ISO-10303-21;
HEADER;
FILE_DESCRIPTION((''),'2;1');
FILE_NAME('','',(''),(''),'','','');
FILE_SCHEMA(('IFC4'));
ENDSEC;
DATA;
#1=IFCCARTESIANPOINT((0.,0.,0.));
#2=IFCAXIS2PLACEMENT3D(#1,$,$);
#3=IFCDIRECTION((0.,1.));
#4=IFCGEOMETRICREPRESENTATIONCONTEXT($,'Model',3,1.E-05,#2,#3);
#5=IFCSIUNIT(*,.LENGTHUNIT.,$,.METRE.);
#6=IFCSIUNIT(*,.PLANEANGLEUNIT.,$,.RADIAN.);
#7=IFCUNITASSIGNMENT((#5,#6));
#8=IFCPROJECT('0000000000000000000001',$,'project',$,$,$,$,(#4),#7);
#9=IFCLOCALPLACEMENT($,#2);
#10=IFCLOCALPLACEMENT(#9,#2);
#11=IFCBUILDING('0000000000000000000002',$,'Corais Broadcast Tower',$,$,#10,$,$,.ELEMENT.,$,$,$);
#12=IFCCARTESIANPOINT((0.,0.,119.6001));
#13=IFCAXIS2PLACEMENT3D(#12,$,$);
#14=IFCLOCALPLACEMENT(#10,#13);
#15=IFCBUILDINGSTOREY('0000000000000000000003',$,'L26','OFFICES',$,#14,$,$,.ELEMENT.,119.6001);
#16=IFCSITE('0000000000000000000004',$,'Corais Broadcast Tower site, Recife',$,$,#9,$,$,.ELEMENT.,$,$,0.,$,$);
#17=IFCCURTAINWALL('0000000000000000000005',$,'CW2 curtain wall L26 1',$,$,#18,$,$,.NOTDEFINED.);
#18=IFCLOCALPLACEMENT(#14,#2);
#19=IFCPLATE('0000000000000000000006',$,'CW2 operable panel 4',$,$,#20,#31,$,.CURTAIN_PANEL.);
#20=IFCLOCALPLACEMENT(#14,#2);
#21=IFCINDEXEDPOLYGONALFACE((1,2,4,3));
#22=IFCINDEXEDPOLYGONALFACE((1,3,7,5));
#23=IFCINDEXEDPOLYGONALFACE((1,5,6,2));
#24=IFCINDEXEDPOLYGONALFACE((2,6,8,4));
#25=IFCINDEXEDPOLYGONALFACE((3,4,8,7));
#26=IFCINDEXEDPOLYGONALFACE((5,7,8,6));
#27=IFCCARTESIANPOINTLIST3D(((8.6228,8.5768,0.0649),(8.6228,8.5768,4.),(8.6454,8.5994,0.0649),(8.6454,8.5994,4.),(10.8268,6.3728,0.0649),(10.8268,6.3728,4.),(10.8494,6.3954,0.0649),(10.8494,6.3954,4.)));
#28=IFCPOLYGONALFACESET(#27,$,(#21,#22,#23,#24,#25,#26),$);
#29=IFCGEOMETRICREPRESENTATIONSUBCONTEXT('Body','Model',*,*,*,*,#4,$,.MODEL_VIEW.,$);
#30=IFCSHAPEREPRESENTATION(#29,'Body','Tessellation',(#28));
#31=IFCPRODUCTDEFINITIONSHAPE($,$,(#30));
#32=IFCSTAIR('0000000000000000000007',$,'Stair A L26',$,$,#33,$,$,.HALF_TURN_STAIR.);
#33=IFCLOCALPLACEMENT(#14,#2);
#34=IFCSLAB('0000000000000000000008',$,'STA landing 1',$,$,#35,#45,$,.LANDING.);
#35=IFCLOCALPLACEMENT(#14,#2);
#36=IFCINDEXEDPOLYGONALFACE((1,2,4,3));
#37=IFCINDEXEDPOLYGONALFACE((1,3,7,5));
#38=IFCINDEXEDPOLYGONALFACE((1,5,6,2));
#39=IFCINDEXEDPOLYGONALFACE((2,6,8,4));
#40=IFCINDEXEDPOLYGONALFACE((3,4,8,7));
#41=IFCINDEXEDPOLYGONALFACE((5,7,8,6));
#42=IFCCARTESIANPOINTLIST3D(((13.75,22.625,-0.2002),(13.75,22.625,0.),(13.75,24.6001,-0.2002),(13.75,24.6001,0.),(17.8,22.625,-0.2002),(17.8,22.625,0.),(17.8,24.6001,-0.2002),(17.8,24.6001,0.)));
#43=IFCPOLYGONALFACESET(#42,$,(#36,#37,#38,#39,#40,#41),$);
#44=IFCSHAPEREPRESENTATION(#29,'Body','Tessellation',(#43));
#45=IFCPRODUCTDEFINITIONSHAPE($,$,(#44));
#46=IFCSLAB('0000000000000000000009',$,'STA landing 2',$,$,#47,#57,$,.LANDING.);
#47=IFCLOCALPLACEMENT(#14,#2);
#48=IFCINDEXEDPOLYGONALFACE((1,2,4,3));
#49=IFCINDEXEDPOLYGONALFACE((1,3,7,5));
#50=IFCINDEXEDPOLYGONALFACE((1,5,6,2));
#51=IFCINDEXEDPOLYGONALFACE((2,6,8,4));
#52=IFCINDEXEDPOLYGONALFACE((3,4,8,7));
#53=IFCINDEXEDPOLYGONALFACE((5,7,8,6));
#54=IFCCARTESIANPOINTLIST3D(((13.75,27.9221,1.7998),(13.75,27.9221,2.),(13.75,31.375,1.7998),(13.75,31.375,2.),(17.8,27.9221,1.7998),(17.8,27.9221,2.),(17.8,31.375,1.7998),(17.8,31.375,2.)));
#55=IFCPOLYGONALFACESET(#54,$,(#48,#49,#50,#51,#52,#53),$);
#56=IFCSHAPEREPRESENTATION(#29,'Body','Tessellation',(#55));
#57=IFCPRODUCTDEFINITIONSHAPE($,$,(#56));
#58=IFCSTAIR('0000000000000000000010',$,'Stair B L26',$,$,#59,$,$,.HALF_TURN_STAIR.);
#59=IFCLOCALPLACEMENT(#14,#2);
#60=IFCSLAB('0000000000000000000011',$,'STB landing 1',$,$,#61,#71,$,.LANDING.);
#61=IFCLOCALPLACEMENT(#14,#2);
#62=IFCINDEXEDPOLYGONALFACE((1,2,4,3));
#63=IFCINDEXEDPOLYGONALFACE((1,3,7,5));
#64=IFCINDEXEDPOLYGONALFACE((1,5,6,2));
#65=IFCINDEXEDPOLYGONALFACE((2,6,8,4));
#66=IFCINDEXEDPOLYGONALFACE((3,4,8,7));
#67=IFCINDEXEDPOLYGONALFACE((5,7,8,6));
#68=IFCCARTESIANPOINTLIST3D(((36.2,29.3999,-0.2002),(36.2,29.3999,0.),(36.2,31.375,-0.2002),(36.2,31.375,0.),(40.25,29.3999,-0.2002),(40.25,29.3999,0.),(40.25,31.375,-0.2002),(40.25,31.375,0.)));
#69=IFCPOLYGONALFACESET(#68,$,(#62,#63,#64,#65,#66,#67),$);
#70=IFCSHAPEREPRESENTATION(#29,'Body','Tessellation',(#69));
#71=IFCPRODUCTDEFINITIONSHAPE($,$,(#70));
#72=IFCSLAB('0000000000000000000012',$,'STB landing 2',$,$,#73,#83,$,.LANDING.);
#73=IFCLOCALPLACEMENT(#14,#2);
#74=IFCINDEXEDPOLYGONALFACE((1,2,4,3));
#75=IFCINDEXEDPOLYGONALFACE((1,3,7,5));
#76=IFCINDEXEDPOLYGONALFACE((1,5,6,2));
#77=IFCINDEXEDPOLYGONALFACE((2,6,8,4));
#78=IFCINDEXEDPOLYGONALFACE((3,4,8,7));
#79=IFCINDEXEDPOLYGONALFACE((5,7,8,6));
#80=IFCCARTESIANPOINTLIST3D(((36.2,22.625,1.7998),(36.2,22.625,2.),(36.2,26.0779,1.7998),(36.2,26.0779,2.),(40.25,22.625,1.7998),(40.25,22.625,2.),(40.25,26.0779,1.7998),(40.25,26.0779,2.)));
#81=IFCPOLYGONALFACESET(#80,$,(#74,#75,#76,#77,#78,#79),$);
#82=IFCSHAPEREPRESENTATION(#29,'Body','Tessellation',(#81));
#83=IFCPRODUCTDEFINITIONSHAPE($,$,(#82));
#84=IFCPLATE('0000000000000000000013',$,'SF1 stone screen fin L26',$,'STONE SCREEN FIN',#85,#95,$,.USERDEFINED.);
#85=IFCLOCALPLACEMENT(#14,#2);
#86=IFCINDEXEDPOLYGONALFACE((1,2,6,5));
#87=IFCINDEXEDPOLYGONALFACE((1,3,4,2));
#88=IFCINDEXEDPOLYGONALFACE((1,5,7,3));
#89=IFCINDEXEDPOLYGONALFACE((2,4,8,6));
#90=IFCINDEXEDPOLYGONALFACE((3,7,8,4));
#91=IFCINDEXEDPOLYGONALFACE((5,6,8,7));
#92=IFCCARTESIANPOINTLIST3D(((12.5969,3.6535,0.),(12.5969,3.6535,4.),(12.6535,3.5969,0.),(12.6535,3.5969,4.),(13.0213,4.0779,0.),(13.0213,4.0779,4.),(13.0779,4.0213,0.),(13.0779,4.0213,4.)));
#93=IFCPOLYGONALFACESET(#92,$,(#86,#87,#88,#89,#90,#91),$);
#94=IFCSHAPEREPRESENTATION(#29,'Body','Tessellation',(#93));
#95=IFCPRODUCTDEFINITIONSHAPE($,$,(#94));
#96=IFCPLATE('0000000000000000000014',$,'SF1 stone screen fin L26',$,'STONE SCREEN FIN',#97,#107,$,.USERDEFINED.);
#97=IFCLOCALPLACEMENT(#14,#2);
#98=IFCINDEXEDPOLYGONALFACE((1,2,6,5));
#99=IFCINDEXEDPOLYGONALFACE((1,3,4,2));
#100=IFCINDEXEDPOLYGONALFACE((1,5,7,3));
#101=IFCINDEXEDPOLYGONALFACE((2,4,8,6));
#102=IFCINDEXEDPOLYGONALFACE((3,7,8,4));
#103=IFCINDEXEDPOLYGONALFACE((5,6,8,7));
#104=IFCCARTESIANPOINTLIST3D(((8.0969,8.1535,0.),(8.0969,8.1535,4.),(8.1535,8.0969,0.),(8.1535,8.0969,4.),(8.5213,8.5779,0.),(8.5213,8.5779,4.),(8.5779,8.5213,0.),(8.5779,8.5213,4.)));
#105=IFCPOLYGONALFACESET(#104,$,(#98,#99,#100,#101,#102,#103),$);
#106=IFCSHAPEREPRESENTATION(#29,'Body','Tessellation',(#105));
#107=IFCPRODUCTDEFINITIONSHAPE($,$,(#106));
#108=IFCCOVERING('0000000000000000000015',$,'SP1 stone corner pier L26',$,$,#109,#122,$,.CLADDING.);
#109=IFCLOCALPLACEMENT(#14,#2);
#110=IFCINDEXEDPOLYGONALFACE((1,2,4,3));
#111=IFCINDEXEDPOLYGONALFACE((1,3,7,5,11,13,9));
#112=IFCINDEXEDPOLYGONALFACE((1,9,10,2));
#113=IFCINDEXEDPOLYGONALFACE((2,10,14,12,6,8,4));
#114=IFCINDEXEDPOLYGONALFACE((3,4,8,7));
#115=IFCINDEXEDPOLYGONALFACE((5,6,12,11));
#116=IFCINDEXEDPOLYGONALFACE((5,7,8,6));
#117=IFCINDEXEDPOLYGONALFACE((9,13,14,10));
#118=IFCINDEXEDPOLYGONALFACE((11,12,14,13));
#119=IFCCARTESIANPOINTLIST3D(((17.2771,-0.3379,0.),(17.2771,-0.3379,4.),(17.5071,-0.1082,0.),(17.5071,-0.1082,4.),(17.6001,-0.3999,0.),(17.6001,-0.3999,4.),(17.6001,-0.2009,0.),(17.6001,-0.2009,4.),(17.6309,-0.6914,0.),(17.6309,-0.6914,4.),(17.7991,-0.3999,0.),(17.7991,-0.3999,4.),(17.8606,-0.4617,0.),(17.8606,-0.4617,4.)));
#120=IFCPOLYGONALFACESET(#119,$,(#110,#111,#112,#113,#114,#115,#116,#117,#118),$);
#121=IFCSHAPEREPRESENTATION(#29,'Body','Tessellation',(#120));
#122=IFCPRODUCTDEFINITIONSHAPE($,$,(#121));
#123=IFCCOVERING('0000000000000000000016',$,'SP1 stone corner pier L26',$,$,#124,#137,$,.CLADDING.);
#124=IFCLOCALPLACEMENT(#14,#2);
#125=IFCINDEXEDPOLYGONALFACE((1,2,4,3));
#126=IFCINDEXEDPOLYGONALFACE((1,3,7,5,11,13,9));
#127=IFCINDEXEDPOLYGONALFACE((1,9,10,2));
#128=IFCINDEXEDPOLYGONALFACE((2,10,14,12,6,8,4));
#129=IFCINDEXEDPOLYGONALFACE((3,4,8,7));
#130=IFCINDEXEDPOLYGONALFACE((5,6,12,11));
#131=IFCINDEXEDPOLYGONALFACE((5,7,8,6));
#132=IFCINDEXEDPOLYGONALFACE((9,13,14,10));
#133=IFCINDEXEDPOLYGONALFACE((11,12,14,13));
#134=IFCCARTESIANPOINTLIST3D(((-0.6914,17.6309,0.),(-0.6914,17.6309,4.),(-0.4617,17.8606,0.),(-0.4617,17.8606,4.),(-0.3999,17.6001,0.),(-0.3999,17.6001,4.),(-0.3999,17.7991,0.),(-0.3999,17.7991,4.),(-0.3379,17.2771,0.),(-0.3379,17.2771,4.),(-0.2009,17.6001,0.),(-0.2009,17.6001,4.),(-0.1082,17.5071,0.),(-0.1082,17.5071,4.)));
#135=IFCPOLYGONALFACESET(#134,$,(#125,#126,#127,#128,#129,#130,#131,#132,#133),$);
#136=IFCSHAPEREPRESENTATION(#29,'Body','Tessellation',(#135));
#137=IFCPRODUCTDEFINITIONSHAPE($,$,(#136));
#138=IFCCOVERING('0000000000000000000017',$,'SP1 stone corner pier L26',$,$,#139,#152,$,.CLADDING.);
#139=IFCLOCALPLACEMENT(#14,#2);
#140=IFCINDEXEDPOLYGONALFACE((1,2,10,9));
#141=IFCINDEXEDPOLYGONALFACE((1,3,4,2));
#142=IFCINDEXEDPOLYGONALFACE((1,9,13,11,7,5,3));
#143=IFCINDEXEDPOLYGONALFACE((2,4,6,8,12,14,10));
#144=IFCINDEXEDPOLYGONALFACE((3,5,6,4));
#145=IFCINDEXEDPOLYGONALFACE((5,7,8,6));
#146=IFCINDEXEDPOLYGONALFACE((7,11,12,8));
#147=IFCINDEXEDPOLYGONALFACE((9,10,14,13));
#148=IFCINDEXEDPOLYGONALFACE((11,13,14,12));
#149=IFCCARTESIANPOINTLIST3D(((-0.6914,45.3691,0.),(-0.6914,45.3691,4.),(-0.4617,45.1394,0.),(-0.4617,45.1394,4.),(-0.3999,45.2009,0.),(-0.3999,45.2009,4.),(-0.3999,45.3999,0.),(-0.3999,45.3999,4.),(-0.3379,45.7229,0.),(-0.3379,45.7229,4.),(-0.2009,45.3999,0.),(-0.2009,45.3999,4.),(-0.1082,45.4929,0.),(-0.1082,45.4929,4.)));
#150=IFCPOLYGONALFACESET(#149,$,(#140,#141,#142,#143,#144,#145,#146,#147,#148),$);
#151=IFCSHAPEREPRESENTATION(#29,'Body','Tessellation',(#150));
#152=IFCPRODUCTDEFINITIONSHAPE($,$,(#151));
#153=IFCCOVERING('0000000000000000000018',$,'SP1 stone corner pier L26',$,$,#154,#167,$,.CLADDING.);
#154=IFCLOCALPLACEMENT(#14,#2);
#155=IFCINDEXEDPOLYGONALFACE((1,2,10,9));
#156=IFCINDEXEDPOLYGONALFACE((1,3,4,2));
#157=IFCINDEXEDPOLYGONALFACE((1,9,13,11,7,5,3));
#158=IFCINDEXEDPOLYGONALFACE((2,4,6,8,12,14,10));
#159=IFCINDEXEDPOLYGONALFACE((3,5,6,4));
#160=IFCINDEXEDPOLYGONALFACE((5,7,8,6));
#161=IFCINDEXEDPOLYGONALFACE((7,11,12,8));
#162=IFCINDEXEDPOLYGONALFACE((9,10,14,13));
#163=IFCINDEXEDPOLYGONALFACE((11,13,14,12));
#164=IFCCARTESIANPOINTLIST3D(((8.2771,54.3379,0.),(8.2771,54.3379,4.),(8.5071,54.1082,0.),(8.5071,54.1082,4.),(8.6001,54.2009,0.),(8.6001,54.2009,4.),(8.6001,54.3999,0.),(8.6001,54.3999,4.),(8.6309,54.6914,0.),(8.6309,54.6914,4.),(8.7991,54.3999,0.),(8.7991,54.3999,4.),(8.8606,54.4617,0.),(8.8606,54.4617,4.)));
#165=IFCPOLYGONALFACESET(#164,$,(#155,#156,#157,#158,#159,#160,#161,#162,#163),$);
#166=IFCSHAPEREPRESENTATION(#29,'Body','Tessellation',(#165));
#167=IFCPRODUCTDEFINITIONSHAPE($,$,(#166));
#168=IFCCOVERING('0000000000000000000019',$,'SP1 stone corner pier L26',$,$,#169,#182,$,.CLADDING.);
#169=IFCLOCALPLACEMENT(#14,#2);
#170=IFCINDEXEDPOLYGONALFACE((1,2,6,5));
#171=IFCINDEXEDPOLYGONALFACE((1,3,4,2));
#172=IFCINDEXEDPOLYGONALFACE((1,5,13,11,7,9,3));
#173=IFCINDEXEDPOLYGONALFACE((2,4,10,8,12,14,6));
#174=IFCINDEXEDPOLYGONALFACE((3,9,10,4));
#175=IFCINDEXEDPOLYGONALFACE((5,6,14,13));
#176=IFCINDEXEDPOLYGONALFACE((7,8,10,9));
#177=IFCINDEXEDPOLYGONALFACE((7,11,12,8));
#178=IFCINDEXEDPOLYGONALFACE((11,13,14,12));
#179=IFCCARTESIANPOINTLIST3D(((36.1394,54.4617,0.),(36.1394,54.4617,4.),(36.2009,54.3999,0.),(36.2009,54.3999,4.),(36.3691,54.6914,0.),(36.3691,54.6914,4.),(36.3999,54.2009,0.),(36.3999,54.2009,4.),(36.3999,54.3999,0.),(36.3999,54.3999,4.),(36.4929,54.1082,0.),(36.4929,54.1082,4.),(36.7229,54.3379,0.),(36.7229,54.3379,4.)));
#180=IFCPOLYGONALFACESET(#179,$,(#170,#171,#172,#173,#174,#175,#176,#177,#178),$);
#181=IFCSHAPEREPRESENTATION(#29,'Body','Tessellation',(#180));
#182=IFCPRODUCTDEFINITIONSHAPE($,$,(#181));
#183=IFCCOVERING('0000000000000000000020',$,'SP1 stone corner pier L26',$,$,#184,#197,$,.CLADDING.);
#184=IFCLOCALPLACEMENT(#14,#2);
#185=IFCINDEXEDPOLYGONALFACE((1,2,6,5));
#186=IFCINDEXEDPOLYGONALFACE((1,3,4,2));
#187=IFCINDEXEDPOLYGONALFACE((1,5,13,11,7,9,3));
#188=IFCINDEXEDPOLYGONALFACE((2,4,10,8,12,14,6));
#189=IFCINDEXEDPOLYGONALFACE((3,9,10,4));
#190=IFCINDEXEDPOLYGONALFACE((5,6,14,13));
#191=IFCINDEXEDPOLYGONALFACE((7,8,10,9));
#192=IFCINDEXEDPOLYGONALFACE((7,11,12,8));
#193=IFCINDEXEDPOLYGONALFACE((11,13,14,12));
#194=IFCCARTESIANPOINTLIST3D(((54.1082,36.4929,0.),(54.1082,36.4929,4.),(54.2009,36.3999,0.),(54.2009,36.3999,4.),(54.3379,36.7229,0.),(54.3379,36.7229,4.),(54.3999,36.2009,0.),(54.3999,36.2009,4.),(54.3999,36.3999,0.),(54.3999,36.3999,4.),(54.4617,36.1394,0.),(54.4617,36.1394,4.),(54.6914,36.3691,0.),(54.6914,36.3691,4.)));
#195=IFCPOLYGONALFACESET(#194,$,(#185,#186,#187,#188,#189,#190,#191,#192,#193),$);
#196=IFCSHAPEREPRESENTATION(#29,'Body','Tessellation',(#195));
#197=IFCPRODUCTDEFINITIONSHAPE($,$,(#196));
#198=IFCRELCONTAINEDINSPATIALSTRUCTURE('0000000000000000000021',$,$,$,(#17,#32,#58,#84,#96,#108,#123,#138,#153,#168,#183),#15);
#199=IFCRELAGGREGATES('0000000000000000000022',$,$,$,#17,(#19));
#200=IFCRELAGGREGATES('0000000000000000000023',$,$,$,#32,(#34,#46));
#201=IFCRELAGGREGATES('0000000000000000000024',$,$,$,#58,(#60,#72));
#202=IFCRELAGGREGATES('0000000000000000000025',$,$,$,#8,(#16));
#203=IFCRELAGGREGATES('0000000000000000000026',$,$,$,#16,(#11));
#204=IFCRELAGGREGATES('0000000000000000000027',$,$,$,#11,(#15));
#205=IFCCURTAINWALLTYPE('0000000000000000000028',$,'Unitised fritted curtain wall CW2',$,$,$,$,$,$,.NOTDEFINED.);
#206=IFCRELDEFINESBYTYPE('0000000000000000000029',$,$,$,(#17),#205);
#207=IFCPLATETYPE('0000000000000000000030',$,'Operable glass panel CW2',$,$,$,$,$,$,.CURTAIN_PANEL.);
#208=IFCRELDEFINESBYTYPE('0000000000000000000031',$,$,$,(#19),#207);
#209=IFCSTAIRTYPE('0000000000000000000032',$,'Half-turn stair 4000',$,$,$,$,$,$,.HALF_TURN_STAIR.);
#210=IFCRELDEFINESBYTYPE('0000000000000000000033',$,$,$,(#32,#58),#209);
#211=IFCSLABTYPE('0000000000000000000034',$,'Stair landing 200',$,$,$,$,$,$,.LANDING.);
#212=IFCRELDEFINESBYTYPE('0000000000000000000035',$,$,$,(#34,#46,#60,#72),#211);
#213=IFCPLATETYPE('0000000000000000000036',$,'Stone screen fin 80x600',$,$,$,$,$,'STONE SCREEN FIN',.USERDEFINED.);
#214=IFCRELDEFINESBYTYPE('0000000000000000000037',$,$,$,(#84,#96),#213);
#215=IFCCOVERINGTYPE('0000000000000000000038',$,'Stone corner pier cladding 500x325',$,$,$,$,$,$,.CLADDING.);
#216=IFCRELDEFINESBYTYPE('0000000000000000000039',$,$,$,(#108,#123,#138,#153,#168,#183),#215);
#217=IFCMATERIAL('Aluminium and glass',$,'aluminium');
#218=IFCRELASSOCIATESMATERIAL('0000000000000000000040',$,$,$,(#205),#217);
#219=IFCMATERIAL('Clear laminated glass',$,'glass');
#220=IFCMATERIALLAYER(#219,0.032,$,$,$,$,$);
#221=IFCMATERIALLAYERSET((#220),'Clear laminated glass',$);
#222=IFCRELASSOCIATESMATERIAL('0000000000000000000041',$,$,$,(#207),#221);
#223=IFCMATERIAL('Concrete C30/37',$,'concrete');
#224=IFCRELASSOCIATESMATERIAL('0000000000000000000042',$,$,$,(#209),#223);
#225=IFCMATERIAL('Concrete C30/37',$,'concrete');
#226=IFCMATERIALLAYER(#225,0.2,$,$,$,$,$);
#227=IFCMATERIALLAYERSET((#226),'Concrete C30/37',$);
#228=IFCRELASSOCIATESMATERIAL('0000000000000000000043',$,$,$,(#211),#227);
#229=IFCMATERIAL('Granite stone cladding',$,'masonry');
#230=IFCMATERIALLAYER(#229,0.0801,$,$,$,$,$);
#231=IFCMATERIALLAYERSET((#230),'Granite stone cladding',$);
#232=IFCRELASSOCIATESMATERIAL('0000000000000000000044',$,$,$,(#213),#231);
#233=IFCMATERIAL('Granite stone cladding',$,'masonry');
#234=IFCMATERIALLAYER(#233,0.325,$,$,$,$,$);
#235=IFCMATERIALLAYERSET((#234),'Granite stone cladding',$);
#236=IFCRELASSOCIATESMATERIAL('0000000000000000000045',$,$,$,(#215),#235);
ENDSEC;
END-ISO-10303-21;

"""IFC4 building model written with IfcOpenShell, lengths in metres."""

from ifc_helpers import new_model, si_unit, direction, frame, origin, origin_2d, place, context, subcontext, project, spatial, polyline, rectangle, outline, extrude, material, layer, layer_set, type_object, element, aggregate, save


model = new_model("IFC4")

# Units and contexts
model_context = context("Model", 3, precision=1e-05, world=origin(), true_north=direction((0.0, 1.0)))
body_context = subcontext(model_context, "Body", "Model", "MODEL_VIEW")
ifc_project = project(units=[si_unit("LENGTHUNIT", "METRE"), si_unit("PLANEANGLEUNIT", "RADIAN")], contexts=[model_context])

# Site, building, storey
site_placement = place(None, origin())
site = spatial("IfcSite", under=ifc_project, at=site_placement, Name="Corais Broadcast Tower site, Recife", CompositionType="ELEMENT", RefElevation=0.0)
building_placement = place(site_placement, origin())
building = spatial("IfcBuilding", under=site, at=building_placement, Name="Corais Broadcast Tower", CompositionType="ELEMENT")
storey_placement = place(building_placement, frame((0.0, 0.0, 119.6001)))
storey = spatial("IfcBuildingStorey", under=building, at=storey_placement, Name="L26", Description="OFFICES", CompositionType="ELEMENT", Elevation=119.6001)

# Curtain wall
ifc_material_1 = material(Name="Aluminium and glass", Category="aluminium")
curtain_wall_type = type_object("IfcCurtainWallType", Name="Unitised fritted curtain wall CW2", PredefinedType="NOTDEFINED", material=ifc_material_1)
curtain_wall_placement = place(storey_placement, origin())
curtain_wall = element("IfcCurtainWall", 1, at=curtain_wall_placement, inside=storey, type_object=curtain_wall_type, Name="CW2 curtain wall L26 1", PredefinedType="NOTDEFINED")

# Plate
ifc_material_2 = material(Name="Clear laminated glass", Category="glass")
ifc_layer_1 = layer(ifc_material_2, 0.032)
ifc_layer_set_1 = layer_set([ifc_layer_1], Name="Clear laminated glass")
plate_type_1 = type_object("IfcPlateType", Name="Operable glass panel CW2", PredefinedType="CURTAIN_PANEL", material=ifc_layer_set_1)
plate_1_placement = place(storey_placement, frame((9.7361, 7.4861, 0.0649), z_axis=(0.0, 0.0, 1.0), x_axis=(-0.707107, 0.707107, 0.0)))
plate_1 = element("IfcPlate", 2, at=plate_1_placement, type_object=plate_type_1, Name="CW2 operable panel 4", PredefinedType="CURTAIN_PANEL", context=body_context, shape_type="SweptSolid", body=[
    extrude(rectangle(XDim=3.1169, YDim=0.032, at=origin_2d()), origin(), (0.0, 0.0, 1.0), 3.9351),
])
aggregate(curtain_wall, [plate_1])

# Stairs, slabs
ifc_material_3 = material(Name="Concrete C30/37", Category="concrete")
stair_type = type_object("IfcStairType", Name="Half-turn stair 4000", PredefinedType="HALF_TURN_STAIR", material=ifc_material_3)
stair_1_placement = place(storey_placement, origin())
stair_1 = element("IfcStair", 3, at=stair_1_placement, inside=storey, type_object=stair_type, Name="Stair A L26", PredefinedType="HALF_TURN_STAIR")
ifc_material_4 = material(Name="Concrete C30/37", Category="concrete")
ifc_layer_2 = layer(ifc_material_4, 0.2)
ifc_layer_set_2 = layer_set([ifc_layer_2], Name="Concrete C30/37")
slab_type_1 = type_object("IfcSlabType", Name="Stair landing 200", PredefinedType="LANDING", material=ifc_layer_set_2)
slab_1_placement = place(storey_placement, frame((0.0, 0.0, -0.2002)))
slab_1 = element("IfcSlab", 4, at=slab_1_placement, type_object=slab_type_1, Name="STA landing 1", PredefinedType="LANDING", context=body_context, shape_type="SweptSolid", body=[
    extrude(outline(polyline([(13.75, 22.625), (17.8, 22.625), (17.8, 24.6001), (13.75, 24.6001), (13.75, 22.625)])), origin(), (0.0, 0.0, 1.0), 0.2002),
])
slab_2_placement = place(storey_placement, frame((0.0, 0.0, 1.7998)))
slab_2 = element("IfcSlab", 5, at=slab_2_placement, type_object=slab_type_1, Name="STA landing 2", PredefinedType="LANDING", context=body_context, shape_type="SweptSolid", body=[
    extrude(outline(polyline([(13.75, 27.9221), (17.8, 27.9221), (17.8, 31.375), (13.75, 31.375), (13.75, 27.9221)])), origin(), (0.0, 0.0, 1.0), 0.2002),
])
aggregate(stair_1, [slab_1, slab_2])
stair_2_placement = place(storey_placement, origin())
stair_2 = element("IfcStair", 6, at=stair_2_placement, inside=storey, type_object=stair_type, Name="Stair B L26", PredefinedType="HALF_TURN_STAIR")
slab_3_placement = place(storey_placement, frame((0.0, 0.0, -0.2002)))
slab_3 = element("IfcSlab", 7, at=slab_3_placement, type_object=slab_type_1, Name="STB landing 1", PredefinedType="LANDING", context=body_context, shape_type="SweptSolid", body=[
    extrude(outline(polyline([(36.2, 29.3999), (40.25, 29.3999), (40.25, 31.375), (36.2, 31.375), (36.2, 29.3999)])), origin(), (0.0, 0.0, 1.0), 0.2002),
])
slab_4_placement = place(storey_placement, frame((0.0, 0.0, 1.7998)))
slab_4 = element("IfcSlab", 8, at=slab_4_placement, type_object=slab_type_1, Name="STB landing 2", PredefinedType="LANDING", context=body_context, shape_type="SweptSolid", body=[
    extrude(outline(polyline([(36.2, 22.625), (40.25, 22.625), (40.25, 26.0779), (36.2, 26.0779), (36.2, 22.625)])), origin(), (0.0, 0.0, 1.0), 0.2002),
])
aggregate(stair_2, [slab_3, slab_4])

# Plates
ifc_material_5 = material(Name="Granite stone cladding", Category="masonry")
ifc_layer_3 = layer(ifc_material_5, 0.0801)
ifc_layer_set_3 = layer_set([ifc_layer_3], Name="Granite stone cladding")
plate_type_2 = type_object("IfcPlateType", Name="Stone screen fin 80x600", ElementType="STONE SCREEN FIN", PredefinedType="USERDEFINED", material=ifc_layer_set_3)
for number, where, z_axis, x_axis, name in (
    (9, (12.8374, 3.8374, 0.0), (0.0, 0.0, 1.0), (-0.707107, 0.707107, 0.0), "SF1 stone screen fin L26"),
    (10, (8.3374, 8.3374, 0.0), (0.0, 0.0, 1.0), (-0.707107, 0.707107, 0.0), "SF1 stone screen fin L26"),
):
    element("IfcPlate", number, at=place(storey_placement, frame(where, z_axis=z_axis, x_axis=x_axis)), inside=storey, type_object=plate_type_2, Name=name, ObjectType="STONE SCREEN FIN", PredefinedType="USERDEFINED", context=body_context, shape_type="SweptSolid", body=[
        extrude(rectangle(XDim=0.0801, YDim=0.6001, at=origin_2d()), origin(), (0.0, 0.0, 1.0), 4.0),
    ])

# Coverings
ifc_material_6 = material(Name="Granite stone cladding", Category="masonry")
ifc_layer_4 = layer(ifc_material_6, 0.325)
ifc_layer_set_4 = layer_set([ifc_layer_4], Name="Granite stone cladding")
covering_type_1 = type_object("IfcCoveringType", Name="Stone corner pier cladding 500x325", PredefinedType="CLADDING", material=ifc_layer_set_4)
covering_1_placement = place(storey_placement, origin())
element("IfcCovering", 11, at=covering_1_placement, inside=storey, type_object=covering_type_1, Name="SP1 stone corner pier L26", PredefinedType="CLADDING", context=body_context, shape_type="SweptSolid", body=[
    extrude(outline(polyline([(17.8606, -0.4617), (17.7991, -0.3999), (17.6001, -0.3999), (17.6001, -0.2009), (17.5071, -0.1082), (17.2771, -0.3379), (17.6309, -0.6914), (17.8606, -0.4617)])), origin(), (0.0, 0.0, 1.0), 4.0),
])
covering_2_placement = place(storey_placement, origin())
element("IfcCovering", 12, at=covering_2_placement, inside=storey, type_object=covering_type_1, Name="SP1 stone corner pier L26", PredefinedType="CLADDING", context=body_context, shape_type="SweptSolid", body=[
    extrude(outline(polyline([(-0.3999, 17.7991), (-0.4617, 17.8606), (-0.6914, 17.6309), (-0.3379, 17.2771), (-0.1082, 17.5071), (-0.2009, 17.6001), (-0.3999, 17.6001), (-0.3999, 17.7991)])), origin(), (0.0, 0.0, 1.0), 4.0),
])
covering_3_placement = place(storey_placement, origin())
element("IfcCovering", 13, at=covering_3_placement, inside=storey, type_object=covering_type_1, Name="SP1 stone corner pier L26", PredefinedType="CLADDING", context=body_context, shape_type="SweptSolid", body=[
    extrude(outline(polyline([(-0.4617, 45.1394), (-0.3999, 45.2009), (-0.3999, 45.3999), (-0.2009, 45.3999), (-0.1082, 45.4929), (-0.3379, 45.7229), (-0.6914, 45.3691), (-0.4617, 45.1394)])), origin(), (0.0, 0.0, 1.0), 4.0),
])
covering_4_placement = place(storey_placement, origin())
element("IfcCovering", 14, at=covering_4_placement, inside=storey, type_object=covering_type_1, Name="SP1 stone corner pier L26", PredefinedType="CLADDING", context=body_context, shape_type="SweptSolid", body=[
    extrude(outline(polyline([(8.7991, 54.3999), (8.8606, 54.4617), (8.6309, 54.6914), (8.2771, 54.3379), (8.5071, 54.1082), (8.6001, 54.2009), (8.6001, 54.3999), (8.7991, 54.3999)])), origin(), (0.0, 0.0, 1.0), 4.0),
])
covering_5_placement = place(storey_placement, origin())
element("IfcCovering", 15, at=covering_5_placement, inside=storey, type_object=covering_type_1, Name="SP1 stone corner pier L26", PredefinedType="CLADDING", context=body_context, shape_type="SweptSolid", body=[
    extrude(outline(polyline([(36.1394, 54.4617), (36.2009, 54.3999), (36.3999, 54.3999), (36.3999, 54.2009), (36.4929, 54.1082), (36.7229, 54.3379), (36.3691, 54.6914), (36.1394, 54.4617)])), origin(), (0.0, 0.0, 1.0), 4.0),
])
covering_6_placement = place(storey_placement, origin())
element("IfcCovering", 16, at=covering_6_placement, inside=storey, type_object=covering_type_1, Name="SP1 stone corner pier L26", PredefinedType="CLADDING", context=body_context, shape_type="SweptSolid", body=[
    extrude(outline(polyline([(54.3999, 36.2009), (54.4617, 36.1394), (54.6914, 36.3691), (54.3379, 36.7229), (54.1082, 36.4929), (54.2009, 36.3999), (54.3999, 36.3999), (54.3999, 36.2009)])), origin(), (0.0, 0.0, 1.0), 4.0),
])

save(model, "model.ifc")
